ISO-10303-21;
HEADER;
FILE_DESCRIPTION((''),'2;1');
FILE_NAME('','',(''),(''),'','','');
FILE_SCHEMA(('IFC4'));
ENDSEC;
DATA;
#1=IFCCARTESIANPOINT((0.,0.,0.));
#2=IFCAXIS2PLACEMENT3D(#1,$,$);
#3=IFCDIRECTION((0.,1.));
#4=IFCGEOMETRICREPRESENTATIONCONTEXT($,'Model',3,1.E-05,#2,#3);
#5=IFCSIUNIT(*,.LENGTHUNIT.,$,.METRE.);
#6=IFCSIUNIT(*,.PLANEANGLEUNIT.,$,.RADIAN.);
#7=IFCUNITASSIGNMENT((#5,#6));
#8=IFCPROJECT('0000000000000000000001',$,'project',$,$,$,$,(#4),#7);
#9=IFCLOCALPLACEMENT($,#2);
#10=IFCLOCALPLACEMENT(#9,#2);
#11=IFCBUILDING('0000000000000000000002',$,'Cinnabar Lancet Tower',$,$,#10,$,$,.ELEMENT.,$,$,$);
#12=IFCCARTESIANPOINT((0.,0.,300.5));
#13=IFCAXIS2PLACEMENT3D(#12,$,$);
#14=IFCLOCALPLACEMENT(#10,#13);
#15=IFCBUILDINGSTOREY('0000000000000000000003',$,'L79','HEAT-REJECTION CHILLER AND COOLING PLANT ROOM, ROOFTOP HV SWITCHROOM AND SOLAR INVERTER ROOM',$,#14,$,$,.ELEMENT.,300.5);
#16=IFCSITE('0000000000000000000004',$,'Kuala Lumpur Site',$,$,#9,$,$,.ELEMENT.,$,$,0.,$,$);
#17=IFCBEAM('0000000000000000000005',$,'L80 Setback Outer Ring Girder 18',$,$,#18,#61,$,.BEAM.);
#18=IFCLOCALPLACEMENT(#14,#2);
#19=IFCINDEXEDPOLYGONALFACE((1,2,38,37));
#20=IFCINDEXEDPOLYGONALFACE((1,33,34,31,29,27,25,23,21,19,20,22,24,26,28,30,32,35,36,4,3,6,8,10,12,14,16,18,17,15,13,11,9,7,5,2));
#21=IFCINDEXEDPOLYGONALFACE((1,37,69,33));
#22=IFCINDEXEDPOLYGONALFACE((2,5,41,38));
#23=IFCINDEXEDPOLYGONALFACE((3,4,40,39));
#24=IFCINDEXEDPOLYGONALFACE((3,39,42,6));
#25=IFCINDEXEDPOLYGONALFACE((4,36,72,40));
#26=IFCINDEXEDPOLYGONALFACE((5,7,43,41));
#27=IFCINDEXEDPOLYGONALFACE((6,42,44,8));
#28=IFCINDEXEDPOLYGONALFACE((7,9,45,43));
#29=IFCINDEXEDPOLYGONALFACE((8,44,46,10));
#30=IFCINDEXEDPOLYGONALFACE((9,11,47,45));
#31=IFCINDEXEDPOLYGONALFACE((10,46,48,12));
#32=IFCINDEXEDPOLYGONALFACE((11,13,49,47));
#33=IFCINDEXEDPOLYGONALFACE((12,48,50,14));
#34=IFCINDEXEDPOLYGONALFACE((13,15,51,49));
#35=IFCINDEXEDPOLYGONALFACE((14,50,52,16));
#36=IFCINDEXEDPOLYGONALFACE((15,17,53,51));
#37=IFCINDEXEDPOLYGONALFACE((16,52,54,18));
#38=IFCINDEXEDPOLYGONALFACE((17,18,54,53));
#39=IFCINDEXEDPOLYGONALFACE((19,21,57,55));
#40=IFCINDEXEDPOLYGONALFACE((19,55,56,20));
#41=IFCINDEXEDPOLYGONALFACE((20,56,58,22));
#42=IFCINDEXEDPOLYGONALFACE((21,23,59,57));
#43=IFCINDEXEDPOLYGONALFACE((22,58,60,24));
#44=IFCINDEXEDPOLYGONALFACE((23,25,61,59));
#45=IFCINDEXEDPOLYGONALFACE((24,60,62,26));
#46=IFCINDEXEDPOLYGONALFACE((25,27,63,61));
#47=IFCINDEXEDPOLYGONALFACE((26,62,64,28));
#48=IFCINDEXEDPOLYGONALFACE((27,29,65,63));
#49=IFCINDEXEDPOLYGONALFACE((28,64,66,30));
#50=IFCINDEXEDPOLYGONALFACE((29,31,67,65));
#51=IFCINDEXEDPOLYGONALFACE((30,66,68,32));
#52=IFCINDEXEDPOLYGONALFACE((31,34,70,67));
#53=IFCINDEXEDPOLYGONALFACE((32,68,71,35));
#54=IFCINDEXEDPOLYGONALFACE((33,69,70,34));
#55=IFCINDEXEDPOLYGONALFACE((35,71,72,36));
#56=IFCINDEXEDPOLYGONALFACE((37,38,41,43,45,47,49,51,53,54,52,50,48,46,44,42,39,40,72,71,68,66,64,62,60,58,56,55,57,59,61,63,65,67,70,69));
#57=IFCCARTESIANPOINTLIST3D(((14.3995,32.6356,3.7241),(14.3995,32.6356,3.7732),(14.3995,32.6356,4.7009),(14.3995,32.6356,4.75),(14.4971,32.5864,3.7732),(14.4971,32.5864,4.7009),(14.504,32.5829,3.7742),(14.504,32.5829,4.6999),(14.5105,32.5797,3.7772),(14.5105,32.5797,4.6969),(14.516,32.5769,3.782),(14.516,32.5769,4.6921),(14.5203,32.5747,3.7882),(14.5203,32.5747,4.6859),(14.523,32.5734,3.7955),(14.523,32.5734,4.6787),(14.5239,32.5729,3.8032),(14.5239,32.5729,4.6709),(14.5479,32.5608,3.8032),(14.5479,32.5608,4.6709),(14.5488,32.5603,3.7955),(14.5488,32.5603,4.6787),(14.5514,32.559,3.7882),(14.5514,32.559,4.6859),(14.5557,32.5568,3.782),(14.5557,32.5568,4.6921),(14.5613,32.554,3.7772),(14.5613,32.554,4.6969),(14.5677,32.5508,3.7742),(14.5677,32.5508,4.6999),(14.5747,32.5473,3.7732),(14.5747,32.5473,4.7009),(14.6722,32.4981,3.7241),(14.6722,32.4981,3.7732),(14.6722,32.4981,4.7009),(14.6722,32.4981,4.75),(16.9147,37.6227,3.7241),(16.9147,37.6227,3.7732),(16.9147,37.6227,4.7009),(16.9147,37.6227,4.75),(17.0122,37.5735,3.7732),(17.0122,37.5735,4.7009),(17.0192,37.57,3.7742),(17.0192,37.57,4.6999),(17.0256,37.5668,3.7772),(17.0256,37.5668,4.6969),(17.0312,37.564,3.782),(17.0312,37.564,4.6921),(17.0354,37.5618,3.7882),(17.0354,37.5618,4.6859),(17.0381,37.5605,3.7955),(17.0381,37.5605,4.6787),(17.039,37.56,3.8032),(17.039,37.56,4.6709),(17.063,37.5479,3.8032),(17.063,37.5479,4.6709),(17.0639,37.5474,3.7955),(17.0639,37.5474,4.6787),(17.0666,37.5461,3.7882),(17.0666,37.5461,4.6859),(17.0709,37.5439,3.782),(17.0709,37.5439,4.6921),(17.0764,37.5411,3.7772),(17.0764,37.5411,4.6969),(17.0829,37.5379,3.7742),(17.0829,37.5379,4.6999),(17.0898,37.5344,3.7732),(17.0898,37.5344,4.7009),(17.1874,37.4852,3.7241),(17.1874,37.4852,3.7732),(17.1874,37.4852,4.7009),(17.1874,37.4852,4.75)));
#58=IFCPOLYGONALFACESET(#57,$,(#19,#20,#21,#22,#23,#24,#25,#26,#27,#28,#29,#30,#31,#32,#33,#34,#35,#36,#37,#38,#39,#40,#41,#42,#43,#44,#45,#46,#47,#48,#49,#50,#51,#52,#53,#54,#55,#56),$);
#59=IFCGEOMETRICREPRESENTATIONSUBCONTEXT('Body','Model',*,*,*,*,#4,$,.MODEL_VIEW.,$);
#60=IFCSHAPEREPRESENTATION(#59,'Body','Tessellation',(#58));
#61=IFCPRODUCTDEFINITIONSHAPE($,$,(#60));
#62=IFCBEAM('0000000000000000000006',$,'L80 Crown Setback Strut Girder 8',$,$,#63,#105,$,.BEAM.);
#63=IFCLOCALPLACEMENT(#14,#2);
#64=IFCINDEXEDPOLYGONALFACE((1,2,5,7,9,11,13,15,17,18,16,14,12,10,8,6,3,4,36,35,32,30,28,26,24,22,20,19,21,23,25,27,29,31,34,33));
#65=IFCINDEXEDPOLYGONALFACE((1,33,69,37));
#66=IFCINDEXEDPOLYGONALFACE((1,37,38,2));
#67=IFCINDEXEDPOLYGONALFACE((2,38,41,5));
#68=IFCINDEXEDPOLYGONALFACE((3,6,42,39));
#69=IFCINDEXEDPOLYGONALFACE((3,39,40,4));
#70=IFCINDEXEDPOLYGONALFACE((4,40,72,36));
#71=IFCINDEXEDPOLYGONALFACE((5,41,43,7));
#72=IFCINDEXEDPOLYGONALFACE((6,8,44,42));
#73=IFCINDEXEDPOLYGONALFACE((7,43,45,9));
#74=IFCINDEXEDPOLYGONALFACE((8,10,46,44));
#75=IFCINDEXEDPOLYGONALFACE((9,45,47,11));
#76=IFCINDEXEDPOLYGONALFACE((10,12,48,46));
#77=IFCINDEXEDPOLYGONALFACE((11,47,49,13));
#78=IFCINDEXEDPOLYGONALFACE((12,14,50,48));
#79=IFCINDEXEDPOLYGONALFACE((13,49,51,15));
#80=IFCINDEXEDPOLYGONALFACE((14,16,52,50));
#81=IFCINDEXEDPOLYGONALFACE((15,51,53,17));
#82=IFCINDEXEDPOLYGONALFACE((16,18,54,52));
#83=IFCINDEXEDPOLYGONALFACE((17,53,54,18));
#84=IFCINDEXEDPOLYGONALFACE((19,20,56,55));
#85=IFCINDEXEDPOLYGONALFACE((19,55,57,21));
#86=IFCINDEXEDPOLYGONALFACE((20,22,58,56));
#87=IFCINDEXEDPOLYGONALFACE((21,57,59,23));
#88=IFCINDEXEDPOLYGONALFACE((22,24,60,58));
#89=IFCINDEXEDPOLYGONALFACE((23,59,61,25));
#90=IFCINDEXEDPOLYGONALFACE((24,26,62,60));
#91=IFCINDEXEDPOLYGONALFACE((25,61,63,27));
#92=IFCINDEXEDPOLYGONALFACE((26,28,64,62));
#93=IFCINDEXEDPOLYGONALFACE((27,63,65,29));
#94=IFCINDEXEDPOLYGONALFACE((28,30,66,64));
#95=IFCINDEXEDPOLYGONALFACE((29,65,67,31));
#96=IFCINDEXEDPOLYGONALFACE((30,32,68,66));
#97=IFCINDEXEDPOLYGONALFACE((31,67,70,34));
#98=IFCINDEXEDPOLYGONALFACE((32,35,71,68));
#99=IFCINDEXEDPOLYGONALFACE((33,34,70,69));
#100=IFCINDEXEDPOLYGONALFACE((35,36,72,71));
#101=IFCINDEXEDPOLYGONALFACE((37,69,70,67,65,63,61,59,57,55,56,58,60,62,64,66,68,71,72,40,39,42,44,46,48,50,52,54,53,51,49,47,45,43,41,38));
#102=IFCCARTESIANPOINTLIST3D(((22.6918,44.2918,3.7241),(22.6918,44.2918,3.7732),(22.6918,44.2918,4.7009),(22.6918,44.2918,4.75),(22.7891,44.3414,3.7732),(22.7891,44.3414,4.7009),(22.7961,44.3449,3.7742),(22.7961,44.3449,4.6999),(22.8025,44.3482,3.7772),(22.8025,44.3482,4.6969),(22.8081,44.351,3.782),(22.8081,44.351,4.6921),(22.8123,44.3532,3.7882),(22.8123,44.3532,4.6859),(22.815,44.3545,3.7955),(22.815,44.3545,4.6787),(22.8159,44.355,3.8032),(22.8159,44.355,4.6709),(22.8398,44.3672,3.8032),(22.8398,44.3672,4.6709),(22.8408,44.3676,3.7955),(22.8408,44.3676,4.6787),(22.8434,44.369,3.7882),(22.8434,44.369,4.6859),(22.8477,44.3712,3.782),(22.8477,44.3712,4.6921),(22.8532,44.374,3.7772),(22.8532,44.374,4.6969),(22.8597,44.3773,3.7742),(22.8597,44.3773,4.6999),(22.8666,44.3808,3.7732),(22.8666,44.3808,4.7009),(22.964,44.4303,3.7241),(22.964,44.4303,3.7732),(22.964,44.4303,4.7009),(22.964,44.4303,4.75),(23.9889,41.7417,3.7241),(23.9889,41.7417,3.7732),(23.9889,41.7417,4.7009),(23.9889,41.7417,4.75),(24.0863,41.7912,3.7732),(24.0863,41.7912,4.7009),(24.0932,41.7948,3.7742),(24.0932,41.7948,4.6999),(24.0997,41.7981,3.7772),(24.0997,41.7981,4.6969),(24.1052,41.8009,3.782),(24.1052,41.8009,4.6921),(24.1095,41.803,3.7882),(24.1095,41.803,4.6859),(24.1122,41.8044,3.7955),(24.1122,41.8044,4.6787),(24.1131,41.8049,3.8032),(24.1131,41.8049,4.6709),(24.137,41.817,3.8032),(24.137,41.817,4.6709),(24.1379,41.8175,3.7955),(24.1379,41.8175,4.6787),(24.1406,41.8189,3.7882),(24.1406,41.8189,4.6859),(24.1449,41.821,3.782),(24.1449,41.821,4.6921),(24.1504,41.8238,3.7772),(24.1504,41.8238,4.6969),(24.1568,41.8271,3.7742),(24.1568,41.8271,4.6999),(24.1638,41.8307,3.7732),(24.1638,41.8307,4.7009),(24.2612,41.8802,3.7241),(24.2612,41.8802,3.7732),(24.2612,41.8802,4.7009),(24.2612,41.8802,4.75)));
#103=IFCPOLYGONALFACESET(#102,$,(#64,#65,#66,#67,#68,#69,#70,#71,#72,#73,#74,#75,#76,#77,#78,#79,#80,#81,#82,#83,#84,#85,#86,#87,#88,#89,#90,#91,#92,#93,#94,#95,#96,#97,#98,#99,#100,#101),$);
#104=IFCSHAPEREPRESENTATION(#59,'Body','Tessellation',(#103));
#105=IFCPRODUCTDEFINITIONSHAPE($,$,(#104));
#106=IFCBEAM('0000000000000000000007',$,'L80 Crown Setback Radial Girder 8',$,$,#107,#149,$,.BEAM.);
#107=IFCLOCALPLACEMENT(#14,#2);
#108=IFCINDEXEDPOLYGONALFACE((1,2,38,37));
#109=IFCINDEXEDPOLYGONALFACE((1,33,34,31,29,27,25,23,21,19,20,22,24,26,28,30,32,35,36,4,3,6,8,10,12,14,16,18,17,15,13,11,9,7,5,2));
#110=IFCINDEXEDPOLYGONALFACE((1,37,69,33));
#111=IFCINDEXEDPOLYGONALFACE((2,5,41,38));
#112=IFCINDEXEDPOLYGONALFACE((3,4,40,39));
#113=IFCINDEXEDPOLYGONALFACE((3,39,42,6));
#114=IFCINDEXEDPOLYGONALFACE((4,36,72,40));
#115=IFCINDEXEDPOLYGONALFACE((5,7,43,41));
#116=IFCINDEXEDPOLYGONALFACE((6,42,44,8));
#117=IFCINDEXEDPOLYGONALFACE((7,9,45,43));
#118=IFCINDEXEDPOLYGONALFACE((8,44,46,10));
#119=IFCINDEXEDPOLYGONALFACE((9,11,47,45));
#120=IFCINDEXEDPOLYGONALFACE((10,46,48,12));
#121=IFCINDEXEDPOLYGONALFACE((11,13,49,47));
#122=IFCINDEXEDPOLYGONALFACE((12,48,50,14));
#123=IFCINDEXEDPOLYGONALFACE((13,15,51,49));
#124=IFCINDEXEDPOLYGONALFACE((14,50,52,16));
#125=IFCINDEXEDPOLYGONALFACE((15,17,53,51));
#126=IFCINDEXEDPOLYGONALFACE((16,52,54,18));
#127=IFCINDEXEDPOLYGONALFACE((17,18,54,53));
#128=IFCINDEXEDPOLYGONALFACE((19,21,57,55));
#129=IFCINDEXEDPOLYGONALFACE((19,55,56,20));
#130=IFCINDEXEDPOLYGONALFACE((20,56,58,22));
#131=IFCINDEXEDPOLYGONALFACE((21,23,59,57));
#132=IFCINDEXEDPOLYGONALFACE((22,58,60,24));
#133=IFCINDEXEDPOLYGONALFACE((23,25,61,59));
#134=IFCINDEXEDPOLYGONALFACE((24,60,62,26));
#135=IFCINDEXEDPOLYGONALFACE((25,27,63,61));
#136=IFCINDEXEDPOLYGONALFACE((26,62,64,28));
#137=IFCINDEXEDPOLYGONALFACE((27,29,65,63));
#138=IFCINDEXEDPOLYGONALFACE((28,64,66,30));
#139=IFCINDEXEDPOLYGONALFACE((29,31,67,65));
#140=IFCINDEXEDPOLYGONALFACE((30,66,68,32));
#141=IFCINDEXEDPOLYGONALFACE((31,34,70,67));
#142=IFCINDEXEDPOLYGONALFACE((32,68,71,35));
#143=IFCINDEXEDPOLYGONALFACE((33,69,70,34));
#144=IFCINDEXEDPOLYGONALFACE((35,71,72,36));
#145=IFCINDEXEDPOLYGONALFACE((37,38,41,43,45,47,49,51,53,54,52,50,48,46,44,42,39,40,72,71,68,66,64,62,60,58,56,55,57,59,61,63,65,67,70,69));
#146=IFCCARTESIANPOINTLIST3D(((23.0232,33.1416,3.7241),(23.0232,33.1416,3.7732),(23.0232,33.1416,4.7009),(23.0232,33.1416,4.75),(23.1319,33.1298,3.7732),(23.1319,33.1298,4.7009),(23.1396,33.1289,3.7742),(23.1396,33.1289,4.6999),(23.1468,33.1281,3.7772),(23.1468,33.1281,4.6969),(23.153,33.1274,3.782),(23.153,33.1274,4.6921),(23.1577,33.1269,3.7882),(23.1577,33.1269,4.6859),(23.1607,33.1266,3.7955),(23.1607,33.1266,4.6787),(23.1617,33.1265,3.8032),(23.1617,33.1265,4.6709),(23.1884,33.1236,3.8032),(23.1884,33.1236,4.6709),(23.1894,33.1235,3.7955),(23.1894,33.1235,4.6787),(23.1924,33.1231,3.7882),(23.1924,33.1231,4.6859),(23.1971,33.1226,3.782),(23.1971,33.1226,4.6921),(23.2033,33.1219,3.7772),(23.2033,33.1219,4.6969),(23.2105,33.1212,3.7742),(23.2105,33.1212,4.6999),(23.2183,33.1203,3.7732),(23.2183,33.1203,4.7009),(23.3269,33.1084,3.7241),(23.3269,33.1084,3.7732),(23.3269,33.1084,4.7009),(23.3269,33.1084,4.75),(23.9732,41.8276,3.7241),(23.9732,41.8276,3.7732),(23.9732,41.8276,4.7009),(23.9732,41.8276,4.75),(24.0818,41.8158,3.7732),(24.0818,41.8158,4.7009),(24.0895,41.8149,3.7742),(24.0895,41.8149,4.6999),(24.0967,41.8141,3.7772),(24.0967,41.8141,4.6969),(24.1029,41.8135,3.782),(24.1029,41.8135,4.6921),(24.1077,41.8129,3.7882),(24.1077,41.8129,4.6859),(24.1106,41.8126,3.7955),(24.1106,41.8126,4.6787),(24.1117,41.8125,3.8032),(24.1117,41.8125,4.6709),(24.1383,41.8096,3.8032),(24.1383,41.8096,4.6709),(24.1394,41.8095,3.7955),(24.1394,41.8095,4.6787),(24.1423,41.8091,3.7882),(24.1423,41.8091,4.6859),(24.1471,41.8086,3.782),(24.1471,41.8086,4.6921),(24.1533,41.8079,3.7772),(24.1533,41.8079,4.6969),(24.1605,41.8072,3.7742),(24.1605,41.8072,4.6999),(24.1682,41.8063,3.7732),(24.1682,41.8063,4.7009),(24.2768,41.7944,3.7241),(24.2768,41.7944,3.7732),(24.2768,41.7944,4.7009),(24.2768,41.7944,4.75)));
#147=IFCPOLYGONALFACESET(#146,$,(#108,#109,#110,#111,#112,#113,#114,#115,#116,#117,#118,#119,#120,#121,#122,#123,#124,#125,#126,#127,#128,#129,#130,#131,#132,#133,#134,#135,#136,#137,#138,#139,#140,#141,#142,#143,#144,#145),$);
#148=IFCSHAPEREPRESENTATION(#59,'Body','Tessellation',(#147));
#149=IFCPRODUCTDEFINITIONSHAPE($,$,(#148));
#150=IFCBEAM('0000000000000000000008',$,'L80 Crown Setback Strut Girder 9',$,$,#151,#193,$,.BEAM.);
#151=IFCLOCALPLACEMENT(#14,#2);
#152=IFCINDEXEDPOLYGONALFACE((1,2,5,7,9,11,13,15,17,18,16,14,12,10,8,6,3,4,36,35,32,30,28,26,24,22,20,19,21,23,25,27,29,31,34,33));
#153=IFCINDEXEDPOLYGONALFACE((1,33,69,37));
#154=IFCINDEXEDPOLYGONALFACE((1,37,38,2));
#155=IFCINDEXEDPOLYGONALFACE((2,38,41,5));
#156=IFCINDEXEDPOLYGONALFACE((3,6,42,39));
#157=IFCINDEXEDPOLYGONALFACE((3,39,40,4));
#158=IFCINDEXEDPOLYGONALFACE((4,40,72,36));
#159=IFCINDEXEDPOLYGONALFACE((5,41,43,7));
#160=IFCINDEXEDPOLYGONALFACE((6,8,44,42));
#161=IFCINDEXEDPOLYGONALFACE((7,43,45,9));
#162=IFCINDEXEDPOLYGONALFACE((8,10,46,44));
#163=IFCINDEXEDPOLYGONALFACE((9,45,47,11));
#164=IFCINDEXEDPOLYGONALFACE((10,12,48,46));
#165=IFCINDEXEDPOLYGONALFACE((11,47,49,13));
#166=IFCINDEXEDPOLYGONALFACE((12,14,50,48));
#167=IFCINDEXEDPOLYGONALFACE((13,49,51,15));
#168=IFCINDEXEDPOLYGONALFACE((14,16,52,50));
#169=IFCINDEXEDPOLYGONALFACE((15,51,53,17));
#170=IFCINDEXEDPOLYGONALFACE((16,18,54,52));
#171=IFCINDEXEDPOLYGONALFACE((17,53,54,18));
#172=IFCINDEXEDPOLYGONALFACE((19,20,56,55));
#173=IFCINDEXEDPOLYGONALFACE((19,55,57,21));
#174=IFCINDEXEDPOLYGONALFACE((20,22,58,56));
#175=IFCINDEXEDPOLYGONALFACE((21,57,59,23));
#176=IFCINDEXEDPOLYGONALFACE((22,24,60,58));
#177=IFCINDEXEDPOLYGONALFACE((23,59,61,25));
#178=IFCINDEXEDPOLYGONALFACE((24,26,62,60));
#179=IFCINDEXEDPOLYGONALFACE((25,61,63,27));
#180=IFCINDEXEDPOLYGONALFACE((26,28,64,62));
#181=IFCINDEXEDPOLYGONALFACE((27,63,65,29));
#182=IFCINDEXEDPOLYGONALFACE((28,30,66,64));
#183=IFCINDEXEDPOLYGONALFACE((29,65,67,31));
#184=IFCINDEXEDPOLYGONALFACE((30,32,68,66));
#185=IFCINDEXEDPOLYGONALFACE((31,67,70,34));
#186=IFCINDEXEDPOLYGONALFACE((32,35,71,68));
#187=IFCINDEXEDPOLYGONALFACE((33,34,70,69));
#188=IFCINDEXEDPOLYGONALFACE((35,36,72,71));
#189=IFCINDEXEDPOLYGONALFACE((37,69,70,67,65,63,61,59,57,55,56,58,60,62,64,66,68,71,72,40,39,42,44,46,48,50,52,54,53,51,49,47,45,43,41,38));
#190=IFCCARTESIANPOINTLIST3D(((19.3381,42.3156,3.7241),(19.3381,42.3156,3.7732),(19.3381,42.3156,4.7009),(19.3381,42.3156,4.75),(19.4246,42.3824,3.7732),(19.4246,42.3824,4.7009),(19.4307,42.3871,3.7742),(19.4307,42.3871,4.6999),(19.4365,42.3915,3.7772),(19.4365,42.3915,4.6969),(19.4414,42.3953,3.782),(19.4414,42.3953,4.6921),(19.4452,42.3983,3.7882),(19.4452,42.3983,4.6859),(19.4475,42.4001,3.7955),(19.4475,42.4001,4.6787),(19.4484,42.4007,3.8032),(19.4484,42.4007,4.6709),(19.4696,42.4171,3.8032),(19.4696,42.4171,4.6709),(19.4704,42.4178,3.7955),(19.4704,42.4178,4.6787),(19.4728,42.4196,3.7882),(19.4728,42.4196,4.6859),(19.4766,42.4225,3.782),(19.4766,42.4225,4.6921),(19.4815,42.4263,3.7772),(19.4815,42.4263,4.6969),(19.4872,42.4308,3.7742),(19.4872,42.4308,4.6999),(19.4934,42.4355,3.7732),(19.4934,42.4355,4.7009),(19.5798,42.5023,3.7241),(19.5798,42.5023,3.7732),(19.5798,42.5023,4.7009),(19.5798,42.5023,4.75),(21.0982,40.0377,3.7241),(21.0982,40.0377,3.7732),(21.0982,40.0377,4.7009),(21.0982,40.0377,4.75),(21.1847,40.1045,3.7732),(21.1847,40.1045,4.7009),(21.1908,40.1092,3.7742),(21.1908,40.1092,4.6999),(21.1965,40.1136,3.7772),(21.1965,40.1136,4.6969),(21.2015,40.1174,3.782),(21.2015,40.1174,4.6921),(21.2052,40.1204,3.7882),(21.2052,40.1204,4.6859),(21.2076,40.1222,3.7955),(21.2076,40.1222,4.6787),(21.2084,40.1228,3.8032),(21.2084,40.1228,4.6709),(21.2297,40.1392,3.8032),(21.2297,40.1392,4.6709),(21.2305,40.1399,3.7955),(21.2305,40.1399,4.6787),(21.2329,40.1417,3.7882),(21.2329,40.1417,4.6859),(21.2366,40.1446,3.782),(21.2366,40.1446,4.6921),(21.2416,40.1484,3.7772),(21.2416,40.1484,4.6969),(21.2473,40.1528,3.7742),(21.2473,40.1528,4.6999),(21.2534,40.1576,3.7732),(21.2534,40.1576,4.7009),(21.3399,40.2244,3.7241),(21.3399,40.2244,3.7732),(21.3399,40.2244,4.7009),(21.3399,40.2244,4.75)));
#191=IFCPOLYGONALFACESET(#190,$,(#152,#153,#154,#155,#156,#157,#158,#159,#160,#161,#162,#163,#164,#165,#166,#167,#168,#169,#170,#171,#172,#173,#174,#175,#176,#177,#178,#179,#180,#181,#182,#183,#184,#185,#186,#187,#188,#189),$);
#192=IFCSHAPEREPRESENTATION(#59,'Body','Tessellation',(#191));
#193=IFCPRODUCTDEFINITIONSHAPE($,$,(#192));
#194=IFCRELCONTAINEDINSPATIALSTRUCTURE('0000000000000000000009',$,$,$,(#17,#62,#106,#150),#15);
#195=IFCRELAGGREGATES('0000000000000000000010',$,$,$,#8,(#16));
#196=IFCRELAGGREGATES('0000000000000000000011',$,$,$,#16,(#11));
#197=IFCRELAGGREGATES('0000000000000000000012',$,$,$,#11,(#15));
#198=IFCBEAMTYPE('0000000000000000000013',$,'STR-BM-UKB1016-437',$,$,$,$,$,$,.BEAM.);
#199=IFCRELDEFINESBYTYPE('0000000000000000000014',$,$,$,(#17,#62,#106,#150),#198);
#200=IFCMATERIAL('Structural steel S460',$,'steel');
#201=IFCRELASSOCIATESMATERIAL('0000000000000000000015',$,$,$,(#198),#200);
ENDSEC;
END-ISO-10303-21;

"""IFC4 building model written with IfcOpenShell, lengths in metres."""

from ifc_helpers import new_model, si_unit, direction, frame, origin, origin_2d, place, context, subcontext, project, spatial, i_section, extrude, material, material_profile, profile_set, type_object, element, save


model = new_model("IFC4")

# Units and contexts
model_context = context("Model", 3, precision=1e-05, world=origin(), true_north=direction((0.0, 1.0)))
body_context = subcontext(model_context, "Body", "Model", "MODEL_VIEW")
ifc_project = project(units=[si_unit("LENGTHUNIT", "METRE"), si_unit("PLANEANGLEUNIT", "RADIAN")], contexts=[model_context])

# Site, building, storey
site_placement = place(None, origin())
site = spatial("IfcSite", under=ifc_project, at=site_placement, Name="Kuala Lumpur Site", CompositionType="ELEMENT", RefElevation=0.0)
building_placement = place(site_placement, origin())
building = spatial("IfcBuilding", under=site, at=building_placement, Name="Cinnabar Lancet Tower", CompositionType="ELEMENT")
storey_placement = place(building_placement, frame((0.0, 0.0, 300.5)))
storey = spatial("IfcBuildingStorey", under=building, at=storey_placement, Name="L79", Description="HEAT-REJECTION CHILLER AND COOLING PLANT ROOM, ROOFTOP HV SWITCHROOM AND SOLAR INVERTER ROOM", CompositionType="ELEMENT", Elevation=300.5)

# Beams
ifc_material_1 = material(Name="Structural steel S460", Category="steel")
ifc_material_profile_1 = material_profile(ifc_material_1, i_section(OverallWidth=0.3054, OverallDepth=1.0259, WebThickness=0.0269, FlangeThickness=0.0491, FilletRadius=0.03, at=origin_2d()), Name="UKB 1016x305x437")
ifc_profile_set_1 = profile_set([ifc_material_profile_1], Name="Structural steel S460")
beam_type_1 = type_object("IfcBeamType", Name="STR-BM-UKB1016-437", PredefinedType="BEAM", material=ifc_profile_set_1)
beam_1_placement = place(storey_placement, frame((17.051, 37.554, 4.2371), z_axis=(-0.450306, -0.892874, 0.0), x_axis=(0.892874, -0.450306, 0.0)))
element("IfcBeam", 1, at=beam_1_placement, inside=storey, type_object=beam_type_1, Name="L80 Setback Outer Ring Girder 18", PredefinedType="BEAM", context=body_context, shape_type="SweptSolid", body=[
    extrude(i_section(OverallWidth=0.3054, OverallDepth=1.0259, WebThickness=0.0269, FlangeThickness=0.0491, FilletRadius=0.03, at=origin_2d()), origin(), (0.0, 0.0, 1.0), 5.5854),
])
beam_2_placement = place(storey_placement, frame((22.8279, 44.3611, 4.2371), z_axis=(0.453381, -0.891317, 0.0), x_axis=(0.891317, 0.453381, 0.0)))
element("IfcBeam", 2, at=beam_2_placement, inside=storey, type_object=beam_type_1, Name="L80 Crown Setback Strut Girder 8", PredefinedType="BEAM", context=body_context, shape_type="SweptSolid", body=[
    extrude(i_section(OverallWidth=0.3054, OverallDepth=1.0259, WebThickness=0.0269, FlangeThickness=0.0491, FilletRadius=0.03, at=origin_2d()), origin(), (0.0, 0.0, 1.0), 2.8611),
])
beam_3_placement = place(storey_placement, frame((24.125, 41.811, 4.2371), z_axis=(-0.108717, -0.994073, 0.0), x_axis=(0.994073, -0.108717, 0.0)))
element("IfcBeam", 3, at=beam_3_placement, inside=storey, type_object=beam_type_1, Name="L80 Crown Setback Radial Girder 8", PredefinedType="BEAM", context=body_context, shape_type="SweptSolid", body=[
    extrude(i_section(OverallWidth=0.3054, OverallDepth=1.0259, WebThickness=0.0269, FlangeThickness=0.0491, FilletRadius=0.03, at=origin_2d()), origin(), (0.0, 0.0, 1.0), 8.7378),
])
beam_4_placement = place(storey_placement, frame((19.459, 42.4089, 4.2371), z_axis=(0.611419, -0.791307, 0.0), x_axis=(0.791307, 0.611419, 0.0)))
element("IfcBeam", 4, at=beam_4_placement, inside=storey, type_object=beam_type_1, Name="L80 Crown Setback Strut Girder 9", PredefinedType="BEAM", context=body_context, shape_type="SweptSolid", body=[
    extrude(i_section(OverallWidth=0.3054, OverallDepth=1.0259, WebThickness=0.0269, FlangeThickness=0.0491, FilletRadius=0.03, at=origin_2d()), origin(), (0.0, 0.0, 1.0), 2.8787),
])

save(model, "model.ifc")
